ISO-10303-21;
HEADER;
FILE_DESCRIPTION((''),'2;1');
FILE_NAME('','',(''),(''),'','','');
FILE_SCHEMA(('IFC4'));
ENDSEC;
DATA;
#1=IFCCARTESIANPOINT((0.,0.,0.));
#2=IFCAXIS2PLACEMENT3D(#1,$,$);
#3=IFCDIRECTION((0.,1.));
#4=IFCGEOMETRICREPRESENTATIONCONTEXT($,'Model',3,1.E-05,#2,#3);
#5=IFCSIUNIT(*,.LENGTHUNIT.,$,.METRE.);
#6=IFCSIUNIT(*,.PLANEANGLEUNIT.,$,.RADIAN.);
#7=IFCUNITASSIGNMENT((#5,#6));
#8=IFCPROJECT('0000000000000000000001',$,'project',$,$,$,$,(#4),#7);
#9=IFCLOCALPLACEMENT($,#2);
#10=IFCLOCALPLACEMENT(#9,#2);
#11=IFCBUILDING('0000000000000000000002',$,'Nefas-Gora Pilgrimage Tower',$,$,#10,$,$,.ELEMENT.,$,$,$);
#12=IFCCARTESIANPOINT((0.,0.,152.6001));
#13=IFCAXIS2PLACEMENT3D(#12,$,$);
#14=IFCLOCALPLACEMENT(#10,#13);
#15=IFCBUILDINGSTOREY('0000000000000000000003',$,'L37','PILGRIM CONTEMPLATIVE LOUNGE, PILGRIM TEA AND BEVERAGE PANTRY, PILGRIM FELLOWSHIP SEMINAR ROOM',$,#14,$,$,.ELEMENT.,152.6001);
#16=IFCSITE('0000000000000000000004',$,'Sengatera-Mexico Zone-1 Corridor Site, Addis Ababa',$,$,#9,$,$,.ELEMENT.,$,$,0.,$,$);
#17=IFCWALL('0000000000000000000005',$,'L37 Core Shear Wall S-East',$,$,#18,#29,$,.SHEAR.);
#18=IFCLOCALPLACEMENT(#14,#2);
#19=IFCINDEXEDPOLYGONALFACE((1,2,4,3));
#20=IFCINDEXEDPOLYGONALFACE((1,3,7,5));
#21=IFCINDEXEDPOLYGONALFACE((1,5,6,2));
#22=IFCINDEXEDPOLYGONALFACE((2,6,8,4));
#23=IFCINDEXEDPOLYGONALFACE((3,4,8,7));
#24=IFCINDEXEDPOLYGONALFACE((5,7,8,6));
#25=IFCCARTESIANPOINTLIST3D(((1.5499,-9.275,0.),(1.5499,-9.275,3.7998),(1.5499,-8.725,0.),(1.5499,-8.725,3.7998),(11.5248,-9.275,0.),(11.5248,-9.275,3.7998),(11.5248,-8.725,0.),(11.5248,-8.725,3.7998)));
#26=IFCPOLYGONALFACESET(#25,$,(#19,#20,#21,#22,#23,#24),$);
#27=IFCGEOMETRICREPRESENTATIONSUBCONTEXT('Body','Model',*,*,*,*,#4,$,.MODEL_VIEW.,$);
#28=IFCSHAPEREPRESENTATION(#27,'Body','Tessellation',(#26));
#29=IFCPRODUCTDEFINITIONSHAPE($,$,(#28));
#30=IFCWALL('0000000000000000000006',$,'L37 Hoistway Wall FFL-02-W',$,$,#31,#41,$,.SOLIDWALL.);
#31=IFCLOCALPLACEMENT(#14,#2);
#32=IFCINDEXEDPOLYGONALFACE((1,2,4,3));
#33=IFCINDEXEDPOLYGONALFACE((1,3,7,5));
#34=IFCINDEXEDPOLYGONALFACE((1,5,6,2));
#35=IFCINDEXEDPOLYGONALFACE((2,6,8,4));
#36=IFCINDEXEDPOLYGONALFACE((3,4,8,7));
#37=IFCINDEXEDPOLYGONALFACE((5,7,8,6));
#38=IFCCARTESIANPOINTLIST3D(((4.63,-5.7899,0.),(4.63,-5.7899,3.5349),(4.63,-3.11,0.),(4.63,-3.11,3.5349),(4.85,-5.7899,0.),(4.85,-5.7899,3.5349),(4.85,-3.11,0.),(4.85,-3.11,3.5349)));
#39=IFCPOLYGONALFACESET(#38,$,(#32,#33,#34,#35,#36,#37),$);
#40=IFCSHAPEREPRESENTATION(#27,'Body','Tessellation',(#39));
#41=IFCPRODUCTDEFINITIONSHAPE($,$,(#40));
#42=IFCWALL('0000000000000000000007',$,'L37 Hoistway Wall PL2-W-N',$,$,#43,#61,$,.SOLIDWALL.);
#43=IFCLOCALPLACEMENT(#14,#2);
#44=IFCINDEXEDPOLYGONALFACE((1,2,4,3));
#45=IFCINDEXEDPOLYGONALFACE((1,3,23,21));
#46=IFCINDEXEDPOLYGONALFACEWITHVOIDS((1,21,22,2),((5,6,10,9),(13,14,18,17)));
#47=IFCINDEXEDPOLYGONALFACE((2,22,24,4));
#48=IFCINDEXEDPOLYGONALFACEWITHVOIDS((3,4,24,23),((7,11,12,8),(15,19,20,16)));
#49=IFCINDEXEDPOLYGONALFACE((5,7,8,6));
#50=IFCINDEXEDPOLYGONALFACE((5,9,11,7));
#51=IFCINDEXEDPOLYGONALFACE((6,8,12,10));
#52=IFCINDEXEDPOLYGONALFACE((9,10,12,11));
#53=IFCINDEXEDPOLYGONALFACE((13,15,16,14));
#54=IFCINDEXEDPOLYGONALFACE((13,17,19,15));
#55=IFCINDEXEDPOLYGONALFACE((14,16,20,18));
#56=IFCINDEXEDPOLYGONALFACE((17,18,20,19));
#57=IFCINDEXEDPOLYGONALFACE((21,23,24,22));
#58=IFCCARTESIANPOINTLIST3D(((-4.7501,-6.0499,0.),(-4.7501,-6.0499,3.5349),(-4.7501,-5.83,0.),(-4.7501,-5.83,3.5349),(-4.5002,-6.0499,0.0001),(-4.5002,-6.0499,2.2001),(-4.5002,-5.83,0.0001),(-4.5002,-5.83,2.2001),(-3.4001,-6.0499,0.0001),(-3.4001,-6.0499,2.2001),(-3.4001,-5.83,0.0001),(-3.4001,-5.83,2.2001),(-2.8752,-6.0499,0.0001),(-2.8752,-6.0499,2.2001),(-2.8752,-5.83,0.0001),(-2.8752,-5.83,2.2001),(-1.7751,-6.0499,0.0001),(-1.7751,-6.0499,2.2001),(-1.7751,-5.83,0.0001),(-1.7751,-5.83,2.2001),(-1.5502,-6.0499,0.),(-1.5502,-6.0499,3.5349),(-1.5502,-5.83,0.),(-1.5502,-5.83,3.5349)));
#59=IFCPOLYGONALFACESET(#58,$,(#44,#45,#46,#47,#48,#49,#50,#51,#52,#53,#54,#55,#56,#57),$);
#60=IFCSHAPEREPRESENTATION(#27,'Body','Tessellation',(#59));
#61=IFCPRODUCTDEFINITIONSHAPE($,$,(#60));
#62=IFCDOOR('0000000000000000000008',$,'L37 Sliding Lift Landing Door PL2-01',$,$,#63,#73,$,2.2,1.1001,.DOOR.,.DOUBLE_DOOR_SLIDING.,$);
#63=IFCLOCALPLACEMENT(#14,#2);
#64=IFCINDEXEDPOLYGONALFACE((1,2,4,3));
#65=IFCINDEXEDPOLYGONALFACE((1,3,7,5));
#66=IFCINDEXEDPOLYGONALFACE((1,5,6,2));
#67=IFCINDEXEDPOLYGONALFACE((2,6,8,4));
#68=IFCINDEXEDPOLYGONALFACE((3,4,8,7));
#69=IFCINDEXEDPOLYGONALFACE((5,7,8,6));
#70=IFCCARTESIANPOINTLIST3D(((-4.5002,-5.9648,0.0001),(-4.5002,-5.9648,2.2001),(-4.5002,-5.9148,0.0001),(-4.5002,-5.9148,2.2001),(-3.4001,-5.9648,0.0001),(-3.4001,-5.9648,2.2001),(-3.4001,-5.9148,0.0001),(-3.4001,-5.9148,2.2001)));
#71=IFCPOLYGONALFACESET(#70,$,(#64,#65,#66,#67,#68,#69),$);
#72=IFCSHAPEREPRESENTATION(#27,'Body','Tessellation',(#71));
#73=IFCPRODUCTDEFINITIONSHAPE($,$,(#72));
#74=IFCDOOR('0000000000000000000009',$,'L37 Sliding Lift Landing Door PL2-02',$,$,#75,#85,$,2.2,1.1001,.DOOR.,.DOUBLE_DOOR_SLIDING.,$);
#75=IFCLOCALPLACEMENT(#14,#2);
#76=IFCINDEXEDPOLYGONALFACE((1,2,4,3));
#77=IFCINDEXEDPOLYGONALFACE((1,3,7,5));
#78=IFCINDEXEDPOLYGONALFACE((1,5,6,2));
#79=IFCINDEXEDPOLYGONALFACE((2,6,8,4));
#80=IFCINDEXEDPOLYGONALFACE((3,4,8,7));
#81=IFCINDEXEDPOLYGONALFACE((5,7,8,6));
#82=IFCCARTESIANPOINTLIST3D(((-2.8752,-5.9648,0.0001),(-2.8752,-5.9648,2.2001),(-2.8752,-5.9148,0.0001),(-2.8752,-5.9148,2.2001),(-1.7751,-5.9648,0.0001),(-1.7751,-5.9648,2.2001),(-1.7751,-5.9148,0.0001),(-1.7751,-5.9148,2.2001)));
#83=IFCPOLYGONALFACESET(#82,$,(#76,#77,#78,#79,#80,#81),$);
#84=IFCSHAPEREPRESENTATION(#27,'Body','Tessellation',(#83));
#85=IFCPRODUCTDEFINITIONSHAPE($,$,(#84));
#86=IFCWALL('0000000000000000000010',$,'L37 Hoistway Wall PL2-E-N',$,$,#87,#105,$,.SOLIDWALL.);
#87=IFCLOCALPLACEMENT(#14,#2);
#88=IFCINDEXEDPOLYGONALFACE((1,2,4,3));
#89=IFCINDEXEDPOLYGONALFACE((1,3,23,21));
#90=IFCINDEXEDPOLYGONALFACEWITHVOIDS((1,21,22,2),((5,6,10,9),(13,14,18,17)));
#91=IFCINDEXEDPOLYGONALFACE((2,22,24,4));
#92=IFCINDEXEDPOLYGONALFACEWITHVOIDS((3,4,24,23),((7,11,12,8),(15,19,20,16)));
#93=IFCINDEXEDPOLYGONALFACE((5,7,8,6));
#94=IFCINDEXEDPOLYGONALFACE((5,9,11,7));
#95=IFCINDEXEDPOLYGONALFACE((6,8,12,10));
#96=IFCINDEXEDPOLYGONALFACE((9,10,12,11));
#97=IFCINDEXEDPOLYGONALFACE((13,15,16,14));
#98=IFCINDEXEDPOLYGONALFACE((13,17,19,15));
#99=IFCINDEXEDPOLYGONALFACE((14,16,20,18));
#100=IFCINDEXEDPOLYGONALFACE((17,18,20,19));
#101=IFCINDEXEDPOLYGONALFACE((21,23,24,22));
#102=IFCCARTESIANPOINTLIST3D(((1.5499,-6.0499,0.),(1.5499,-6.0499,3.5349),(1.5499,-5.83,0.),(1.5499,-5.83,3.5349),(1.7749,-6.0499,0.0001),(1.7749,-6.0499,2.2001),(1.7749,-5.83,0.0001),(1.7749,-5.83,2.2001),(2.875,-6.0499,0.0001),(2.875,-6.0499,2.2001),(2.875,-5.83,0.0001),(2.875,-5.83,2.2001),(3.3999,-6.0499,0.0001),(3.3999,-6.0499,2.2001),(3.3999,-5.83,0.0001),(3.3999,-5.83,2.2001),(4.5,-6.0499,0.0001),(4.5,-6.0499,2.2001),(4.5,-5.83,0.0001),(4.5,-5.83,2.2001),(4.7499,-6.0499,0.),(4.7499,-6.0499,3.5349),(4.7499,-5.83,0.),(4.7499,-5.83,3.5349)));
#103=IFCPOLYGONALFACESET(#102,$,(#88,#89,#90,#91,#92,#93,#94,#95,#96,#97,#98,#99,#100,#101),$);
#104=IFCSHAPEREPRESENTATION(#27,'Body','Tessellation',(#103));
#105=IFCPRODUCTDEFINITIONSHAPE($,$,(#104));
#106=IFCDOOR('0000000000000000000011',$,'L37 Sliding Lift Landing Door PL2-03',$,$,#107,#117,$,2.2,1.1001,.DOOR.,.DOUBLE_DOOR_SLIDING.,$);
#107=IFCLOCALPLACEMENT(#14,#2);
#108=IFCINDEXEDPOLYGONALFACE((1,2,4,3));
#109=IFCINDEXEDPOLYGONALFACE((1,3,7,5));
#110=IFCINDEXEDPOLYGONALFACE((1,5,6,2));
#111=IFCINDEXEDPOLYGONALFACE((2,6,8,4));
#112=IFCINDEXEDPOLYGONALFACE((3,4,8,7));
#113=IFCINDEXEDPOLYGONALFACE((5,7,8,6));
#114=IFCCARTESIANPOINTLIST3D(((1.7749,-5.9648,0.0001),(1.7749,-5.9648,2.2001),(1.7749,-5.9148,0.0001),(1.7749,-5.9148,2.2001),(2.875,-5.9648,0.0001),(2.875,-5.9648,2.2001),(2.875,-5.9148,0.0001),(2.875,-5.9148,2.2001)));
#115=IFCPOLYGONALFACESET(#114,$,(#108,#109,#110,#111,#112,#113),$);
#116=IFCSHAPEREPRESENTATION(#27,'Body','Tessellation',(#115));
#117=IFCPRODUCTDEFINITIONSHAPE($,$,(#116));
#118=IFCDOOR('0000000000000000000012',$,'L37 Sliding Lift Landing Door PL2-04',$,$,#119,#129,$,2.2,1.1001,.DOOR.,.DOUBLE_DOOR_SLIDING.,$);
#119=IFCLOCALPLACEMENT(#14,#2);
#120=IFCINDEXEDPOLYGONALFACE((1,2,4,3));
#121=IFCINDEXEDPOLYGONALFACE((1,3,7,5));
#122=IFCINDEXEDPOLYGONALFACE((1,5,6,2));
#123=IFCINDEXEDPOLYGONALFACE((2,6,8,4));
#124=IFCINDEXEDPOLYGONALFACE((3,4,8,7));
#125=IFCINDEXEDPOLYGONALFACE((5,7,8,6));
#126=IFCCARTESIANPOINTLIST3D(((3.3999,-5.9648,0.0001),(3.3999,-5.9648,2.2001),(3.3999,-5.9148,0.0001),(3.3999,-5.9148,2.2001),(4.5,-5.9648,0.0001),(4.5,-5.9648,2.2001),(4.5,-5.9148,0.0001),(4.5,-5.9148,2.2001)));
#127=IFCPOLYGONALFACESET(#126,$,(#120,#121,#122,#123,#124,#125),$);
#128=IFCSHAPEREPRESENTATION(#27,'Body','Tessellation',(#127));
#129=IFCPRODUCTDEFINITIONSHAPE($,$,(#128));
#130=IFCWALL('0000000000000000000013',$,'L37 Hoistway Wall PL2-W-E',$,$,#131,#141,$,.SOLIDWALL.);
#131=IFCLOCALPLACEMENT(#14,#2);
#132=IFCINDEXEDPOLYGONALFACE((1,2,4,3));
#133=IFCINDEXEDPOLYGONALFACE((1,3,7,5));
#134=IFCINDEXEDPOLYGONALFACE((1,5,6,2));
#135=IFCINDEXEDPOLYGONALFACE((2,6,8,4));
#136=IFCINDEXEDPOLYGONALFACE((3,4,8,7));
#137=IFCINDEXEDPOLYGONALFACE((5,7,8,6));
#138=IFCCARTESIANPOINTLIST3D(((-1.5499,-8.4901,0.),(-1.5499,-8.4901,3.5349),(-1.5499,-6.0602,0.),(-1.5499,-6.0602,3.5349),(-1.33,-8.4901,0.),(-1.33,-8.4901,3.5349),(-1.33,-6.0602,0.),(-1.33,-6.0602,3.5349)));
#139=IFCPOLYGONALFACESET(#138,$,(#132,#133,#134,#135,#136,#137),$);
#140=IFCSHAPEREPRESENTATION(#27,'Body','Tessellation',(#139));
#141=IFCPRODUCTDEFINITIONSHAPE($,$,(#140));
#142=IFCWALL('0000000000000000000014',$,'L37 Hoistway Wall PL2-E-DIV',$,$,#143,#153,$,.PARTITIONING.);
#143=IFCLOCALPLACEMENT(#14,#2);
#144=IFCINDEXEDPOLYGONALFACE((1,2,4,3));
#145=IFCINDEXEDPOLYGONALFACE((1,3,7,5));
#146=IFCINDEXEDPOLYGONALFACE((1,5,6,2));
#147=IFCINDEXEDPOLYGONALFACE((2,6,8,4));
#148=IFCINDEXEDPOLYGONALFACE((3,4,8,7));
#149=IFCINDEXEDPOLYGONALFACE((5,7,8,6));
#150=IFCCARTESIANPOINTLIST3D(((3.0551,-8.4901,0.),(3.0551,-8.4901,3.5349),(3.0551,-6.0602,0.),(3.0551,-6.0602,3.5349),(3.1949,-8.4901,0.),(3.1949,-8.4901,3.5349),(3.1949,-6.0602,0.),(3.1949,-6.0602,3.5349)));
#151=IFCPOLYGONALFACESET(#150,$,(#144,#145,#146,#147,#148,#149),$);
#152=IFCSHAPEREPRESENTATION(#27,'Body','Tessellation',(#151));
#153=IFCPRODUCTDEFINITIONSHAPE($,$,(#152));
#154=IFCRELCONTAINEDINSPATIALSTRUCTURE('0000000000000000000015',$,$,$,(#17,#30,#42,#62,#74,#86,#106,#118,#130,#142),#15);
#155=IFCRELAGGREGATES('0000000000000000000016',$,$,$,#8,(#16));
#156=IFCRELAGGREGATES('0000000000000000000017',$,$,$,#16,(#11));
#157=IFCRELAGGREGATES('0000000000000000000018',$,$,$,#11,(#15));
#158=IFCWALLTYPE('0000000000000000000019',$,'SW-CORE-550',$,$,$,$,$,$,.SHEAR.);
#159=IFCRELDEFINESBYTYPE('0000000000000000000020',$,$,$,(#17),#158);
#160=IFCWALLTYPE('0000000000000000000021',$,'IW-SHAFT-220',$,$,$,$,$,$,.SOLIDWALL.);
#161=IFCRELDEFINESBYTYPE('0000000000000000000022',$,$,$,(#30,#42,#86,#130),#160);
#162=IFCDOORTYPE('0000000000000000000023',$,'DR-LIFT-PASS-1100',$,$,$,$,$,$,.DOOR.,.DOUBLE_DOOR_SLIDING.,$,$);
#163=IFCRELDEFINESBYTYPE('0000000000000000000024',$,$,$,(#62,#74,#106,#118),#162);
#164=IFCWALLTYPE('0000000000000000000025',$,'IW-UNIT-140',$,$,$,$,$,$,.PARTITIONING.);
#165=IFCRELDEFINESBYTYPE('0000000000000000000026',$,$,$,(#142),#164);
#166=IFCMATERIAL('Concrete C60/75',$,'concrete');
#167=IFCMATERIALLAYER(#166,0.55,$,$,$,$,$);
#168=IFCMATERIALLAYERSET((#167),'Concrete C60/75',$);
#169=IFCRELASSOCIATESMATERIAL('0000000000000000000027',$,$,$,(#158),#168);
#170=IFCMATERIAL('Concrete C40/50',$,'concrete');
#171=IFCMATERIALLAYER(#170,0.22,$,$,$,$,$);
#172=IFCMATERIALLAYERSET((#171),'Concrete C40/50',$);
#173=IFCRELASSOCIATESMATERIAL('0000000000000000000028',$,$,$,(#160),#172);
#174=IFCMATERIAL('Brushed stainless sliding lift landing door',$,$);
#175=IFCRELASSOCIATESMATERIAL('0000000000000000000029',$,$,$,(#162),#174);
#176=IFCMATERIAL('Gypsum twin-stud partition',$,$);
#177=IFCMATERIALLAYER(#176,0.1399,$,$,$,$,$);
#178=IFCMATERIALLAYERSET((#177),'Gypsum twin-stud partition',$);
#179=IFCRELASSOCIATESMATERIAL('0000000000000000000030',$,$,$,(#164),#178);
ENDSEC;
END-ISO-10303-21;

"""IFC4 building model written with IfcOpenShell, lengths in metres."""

from ifc_helpers import new_model, si_unit, direction, frame, frame_2d, origin, place, context, subcontext, project, spatial, rectangle, extrude, source, transform, mapped, material, layer, layer_set, type_object, element, fill, save


model = new_model("IFC4")

# Units and contexts
model_context = context("Model", 3, precision=1e-05, world=origin(), true_north=direction((0.0, 1.0)))
body_context = subcontext(model_context, "Body", "Model", "MODEL_VIEW")
ifc_project = project(units=[si_unit("LENGTHUNIT", "METRE"), si_unit("PLANEANGLEUNIT", "RADIAN")], contexts=[model_context])

# Site, building, storey
site_placement = place(None, origin())
site = spatial("IfcSite", under=ifc_project, at=site_placement, Name="Sengatera-Mexico Zone-1 Corridor Site, Addis Ababa", CompositionType="ELEMENT", RefElevation=0.0)
building_placement = place(site_placement, origin())
building = spatial("IfcBuilding", under=site, at=building_placement, Name="Nefas-Gora Pilgrimage Tower", CompositionType="ELEMENT")
storey_placement = place(building_placement, frame((0.0, 0.0, 152.6001)))
storey = spatial("IfcBuildingStorey", under=building, at=storey_placement, Name="L37", Description="PILGRIM CONTEMPLATIVE LOUNGE, PILGRIM TEA AND BEVERAGE PANTRY, PILGRIM FELLOWSHIP SEMINAR ROOM", CompositionType="ELEMENT", Elevation=152.6001)

# Walls
ifc_material_1 = material(Name="Concrete C60/75", Category="concrete")
ifc_layer_1 = layer(ifc_material_1, 0.55)
ifc_layer_set_1 = layer_set([ifc_layer_1], Name="Concrete C60/75")
wall_type_1 = type_object("IfcWallType", Name="SW-CORE-550", PredefinedType="SHEAR", material=ifc_layer_set_1)
shared_shape_1 = source(origin(), body_context, "Body", "SweptSolid", [
    extrude(rectangle(XDim=9.9749, YDim=0.55, at=frame_2d((4.9873, 0.0))), origin(), (0.0, 0.0, 1.0), 3.7998),
])
wall_1_placement = place(storey_placement, frame((1.55, -9.0, 0.0), z_axis=(0.0, 0.0, 1.0), x_axis=(1.0, 0.0, 0.0)))
element("IfcWall", 1, at=wall_1_placement, inside=storey, type_object=wall_type_1, Name="L37 Core Shear Wall S-East", PredefinedType="SHEAR", context=body_context, shape_type="MappedRepresentation", body=[
    mapped(shared_shape_1, transform((0.0, 0.0, 0.0), x_axis=(1.0, 0.0, 0.0), y_axis=(0.0, 1.0, 0.0), z_axis=(0.0, 0.0, 1.0), scale=1.0)),
])
ifc_material_2 = material(Name="Concrete C40/50", Category="concrete")
ifc_layer_2 = layer(ifc_material_2, 0.22)
ifc_layer_set_2 = layer_set([ifc_layer_2], Name="Concrete C40/50")
wall_type_2 = type_object("IfcWallType", Name="IW-SHAFT-220", PredefinedType="SOLIDWALL", material=ifc_layer_set_2)
shared_shape_2 = source(origin(), body_context, "Body", "SweptSolid", [
    extrude(rectangle(XDim=2.6799, YDim=0.22, at=frame_2d((1.3398, 0.0))), origin(), (0.0, 0.0, 1.0), 3.5349),
])
wall_2_placement = place(storey_placement, frame((4.74, -3.1101, 0.0), z_axis=(0.0, 0.0, 1.0), x_axis=(0.0, -1.0, 0.0)))
element("IfcWall", 2, at=wall_2_placement, inside=storey, type_object=wall_type_2, Name="L37 Hoistway Wall FFL-02-W", PredefinedType="SOLIDWALL", context=body_context, shape_type="MappedRepresentation", body=[
    mapped(shared_shape_2, transform((0.0, 0.0, 0.0), x_axis=(1.0, 0.0, 0.0), y_axis=(0.0, 1.0, 0.0), z_axis=(0.0, 0.0, 1.0), scale=1.0)),
])

# Walls, openings, doors
shared_shape_3 = source(origin(), body_context, "Body", "SweptSolid", [
    extrude(rectangle(XDim=3.2, YDim=0.22, at=frame_2d((1.6001, 0.0))), origin(), (0.0, 0.0, 1.0), 3.5349),
])
wall_3_placement = place(storey_placement, frame((-1.55, -5.9399, 0.0), z_axis=(0.0, 0.0, 1.0), x_axis=(-1.0, 0.0, 0.0)))
wall_3 = element("IfcWall", 3, at=wall_3_placement, inside=storey, type_object=wall_type_2, Name="L37 Hoistway Wall PL2-W-N", PredefinedType="SOLIDWALL", context=body_context, shape_type="MappedRepresentation", body=[
    mapped(shared_shape_3, transform((0.0, 0.0, 0.0), x_axis=(1.0, 0.0, 0.0), y_axis=(0.0, 1.0, 0.0), z_axis=(0.0, 0.0, 1.0), scale=1.0)),
])
opening_1_placement = place(wall_3_placement, frame((1.8501, 0.0, 0.0)))
opening_1 = element("IfcOpeningElement", 4, at=opening_1_placement, cuts=wall_3, PredefinedType="OPENING", context=body_context, shape_type="SweptSolid", body=[
    extrude(rectangle(XDim=1.1001, YDim=2.2, at=frame_2d((0.55, 1.1001))), frame((0.0, 0.1199, 0.0), z_axis=(0.0, -1.0, 0.0), x_axis=(1.0, 0.0, 0.0)), (0.0, 0.0, 1.0), 0.24),
])
opening_2_placement = place(wall_3_placement, frame((0.2251, 0.0, 0.0)))
opening_2 = element("IfcOpeningElement", 5, at=opening_2_placement, cuts=wall_3, PredefinedType="OPENING", context=body_context, shape_type="SweptSolid", body=[
    extrude(rectangle(XDim=1.1001, YDim=2.2, at=frame_2d((0.55, 1.1001))), frame((0.0, 0.1199, 0.0), z_axis=(0.0, -1.0, 0.0), x_axis=(1.0, 0.0, 0.0)), (0.0, 0.0, 1.0), 0.24),
])
ifc_material_3 = material(Name="Brushed stainless sliding lift landing door")
door_type_1 = type_object("IfcDoorType", Name="DR-LIFT-PASS-1100", OperationType="DOUBLE_DOOR_SLIDING", PredefinedType="DOOR", material=ifc_material_3)
shared_shape_4 = source(origin(), body_context, "Body", "SweptSolid", [
    extrude(rectangle(XDim=1.1001, YDim=2.2, at=frame_2d((0.55, 1.1001))), frame((0.0, 0.0249, 0.0), z_axis=(0.0, -1.0, 0.0), x_axis=(1.0, 0.0, 0.0)), (0.0, 0.0, 1.0), 0.05),
])
door_1_placement = place(opening_1_placement, origin())
door_1 = element("IfcDoor", 6, at=door_1_placement, inside=storey, type_object=door_type_1, Name="L37 Sliding Lift Landing Door PL2-01", OperationType="DOUBLE_DOOR_SLIDING", OverallHeight=2.2, OverallWidth=1.1001, PredefinedType="DOOR", context=body_context, shape_type="MappedRepresentation", body=[
    mapped(shared_shape_4, transform((0.0, 0.0, 0.0), x_axis=(1.0, 0.0, 0.0), y_axis=(0.0, 1.0, 0.0), z_axis=(0.0, 0.0, 1.0), scale=1.0)),
])
fill(opening_1, door_1)
door_2_placement = place(opening_2_placement, origin())
door_2 = element("IfcDoor", 7, at=door_2_placement, inside=storey, type_object=door_type_1, Name="L37 Sliding Lift Landing Door PL2-02", OperationType="DOUBLE_DOOR_SLIDING", OverallHeight=2.2, OverallWidth=1.1001, PredefinedType="DOOR", context=body_context, shape_type="MappedRepresentation", body=[
    mapped(shared_shape_4, transform((0.0, 0.0, 0.0), x_axis=(1.0, 0.0, 0.0), y_axis=(0.0, 1.0, 0.0), z_axis=(0.0, 0.0, 1.0), scale=1.0)),
])
fill(opening_2, door_2)
wall_4_placement = place(storey_placement, frame((4.75, -5.9399, 0.0), z_axis=(0.0, 0.0, 1.0), x_axis=(-1.0, 0.0, 0.0)))
wall_4 = element("IfcWall", 8, at=wall_4_placement, inside=storey, type_object=wall_type_2, Name="L37 Hoistway Wall PL2-E-N", PredefinedType="SOLIDWALL", context=body_context, shape_type="MappedRepresentation", body=[
    mapped(shared_shape_3, transform((0.0, 0.0, 0.0), x_axis=(1.0, 0.0, 0.0), y_axis=(0.0, 1.0, 0.0), z_axis=(0.0, 0.0, 1.0), scale=1.0)),
])
opening_3_placement = place(wall_4_placement, frame((1.875, 0.0, 0.0)))
opening_3 = element("IfcOpeningElement", 9, at=opening_3_placement, cuts=wall_4, PredefinedType="OPENING", context=body_context, shape_type="SweptSolid", body=[
    extrude(rectangle(XDim=1.1001, YDim=2.2, at=frame_2d((0.55, 1.1001))), frame((0.0, 0.1199, 0.0), z_axis=(0.0, -1.0, 0.0), x_axis=(1.0, 0.0, 0.0)), (0.0, 0.0, 1.0), 0.24),
])
opening_4_placement = place(wall_4_placement, frame((0.25, 0.0, 0.0)))
opening_4 = element("IfcOpeningElement", 10, at=opening_4_placement, cuts=wall_4, PredefinedType="OPENING", context=body_context, shape_type="SweptSolid", body=[
    extrude(rectangle(XDim=1.1001, YDim=2.2, at=frame_2d((0.55, 1.1001))), frame((0.0, 0.1199, 0.0), z_axis=(0.0, -1.0, 0.0), x_axis=(1.0, 0.0, 0.0)), (0.0, 0.0, 1.0), 0.24),
])
door_3_placement = place(opening_3_placement, origin())
door_3 = element("IfcDoor", 11, at=door_3_placement, inside=storey, type_object=door_type_1, Name="L37 Sliding Lift Landing Door PL2-03", OperationType="DOUBLE_DOOR_SLIDING", OverallHeight=2.2, OverallWidth=1.1001, PredefinedType="DOOR", context=body_context, shape_type="MappedRepresentation", body=[
    mapped(shared_shape_4, transform((0.0, 0.0, 0.0), x_axis=(1.0, 0.0, 0.0), y_axis=(0.0, 1.0, 0.0), z_axis=(0.0, 0.0, 1.0), scale=1.0)),
])
fill(opening_3, door_3)
door_4_placement = place(opening_4_placement, origin())
door_4 = element("IfcDoor", 12, at=door_4_placement, inside=storey, type_object=door_type_1, Name="L37 Sliding Lift Landing Door PL2-04", OperationType="DOUBLE_DOOR_SLIDING", OverallHeight=2.2, OverallWidth=1.1001, PredefinedType="DOOR", context=body_context, shape_type="MappedRepresentation", body=[
    mapped(shared_shape_4, transform((0.0, 0.0, 0.0), x_axis=(1.0, 0.0, 0.0), y_axis=(0.0, 1.0, 0.0), z_axis=(0.0, 0.0, 1.0), scale=1.0)),
])
fill(opening_4, door_4)

# Walls
shared_shape_5 = source(origin(), body_context, "Body", "SweptSolid", [
    extrude(rectangle(XDim=2.4299, YDim=0.22, at=frame_2d((1.2148, 0.0))), origin(), (0.0, 0.0, 1.0), 3.5349),
])
for number, where, z_axis, x_axis, name in (
    (13, (-1.4399, -8.49, 0.0), (0.0, 0.0, 1.0), (0.0, 1.0, 0.0), "L37 Hoistway Wall PL2-W-E"),
):
    element("IfcWall", number, at=place(storey_placement, frame(where, z_axis=z_axis, x_axis=x_axis)), inside=storey, type_object=wall_type_2, Name=name, PredefinedType="SOLIDWALL", context=body_context, shape_type="MappedRepresentation", body=[
        mapped(shared_shape_5, transform((0.0, 0.0, 0.0), x_axis=(1.0, 0.0, 0.0), y_axis=(0.0, 1.0, 0.0), z_axis=(0.0, 0.0, 1.0), scale=1.0)),
    ])
ifc_material_4 = material(Name="Gypsum twin-stud partition")
ifc_layer_3 = layer(ifc_material_4, 0.1399)
ifc_layer_set_3 = layer_set([ifc_layer_3], Name="Gypsum twin-stud partition")
wall_type_3 = type_object("IfcWallType", Name="IW-UNIT-140", PredefinedType="PARTITIONING", material=ifc_layer_set_3)
shared_shape_6 = source(origin(), body_context, "Body", "SweptSolid", [
    extrude(rectangle(XDim=2.4299, YDim=0.1399, at=frame_2d((1.2148, 0.0))), origin(), (0.0, 0.0, 1.0), 3.5349),
])
wall_5_placement = place(storey_placement, frame((3.125, -8.49, 0.0), z_axis=(0.0, 0.0, 1.0), x_axis=(0.0, 1.0, 0.0)))
element("IfcWall", 14, at=wall_5_placement, inside=storey, type_object=wall_type_3, Name="L37 Hoistway Wall PL2-E-DIV", PredefinedType="PARTITIONING", context=body_context, shape_type="MappedRepresentation", body=[
    mapped(shared_shape_6, transform((0.0, 0.0, 0.0), x_axis=(1.0, 0.0, 0.0), y_axis=(0.0, 1.0, 0.0), z_axis=(0.0, 0.0, 1.0), scale=1.0)),
])

save(model, "model.ifc")
